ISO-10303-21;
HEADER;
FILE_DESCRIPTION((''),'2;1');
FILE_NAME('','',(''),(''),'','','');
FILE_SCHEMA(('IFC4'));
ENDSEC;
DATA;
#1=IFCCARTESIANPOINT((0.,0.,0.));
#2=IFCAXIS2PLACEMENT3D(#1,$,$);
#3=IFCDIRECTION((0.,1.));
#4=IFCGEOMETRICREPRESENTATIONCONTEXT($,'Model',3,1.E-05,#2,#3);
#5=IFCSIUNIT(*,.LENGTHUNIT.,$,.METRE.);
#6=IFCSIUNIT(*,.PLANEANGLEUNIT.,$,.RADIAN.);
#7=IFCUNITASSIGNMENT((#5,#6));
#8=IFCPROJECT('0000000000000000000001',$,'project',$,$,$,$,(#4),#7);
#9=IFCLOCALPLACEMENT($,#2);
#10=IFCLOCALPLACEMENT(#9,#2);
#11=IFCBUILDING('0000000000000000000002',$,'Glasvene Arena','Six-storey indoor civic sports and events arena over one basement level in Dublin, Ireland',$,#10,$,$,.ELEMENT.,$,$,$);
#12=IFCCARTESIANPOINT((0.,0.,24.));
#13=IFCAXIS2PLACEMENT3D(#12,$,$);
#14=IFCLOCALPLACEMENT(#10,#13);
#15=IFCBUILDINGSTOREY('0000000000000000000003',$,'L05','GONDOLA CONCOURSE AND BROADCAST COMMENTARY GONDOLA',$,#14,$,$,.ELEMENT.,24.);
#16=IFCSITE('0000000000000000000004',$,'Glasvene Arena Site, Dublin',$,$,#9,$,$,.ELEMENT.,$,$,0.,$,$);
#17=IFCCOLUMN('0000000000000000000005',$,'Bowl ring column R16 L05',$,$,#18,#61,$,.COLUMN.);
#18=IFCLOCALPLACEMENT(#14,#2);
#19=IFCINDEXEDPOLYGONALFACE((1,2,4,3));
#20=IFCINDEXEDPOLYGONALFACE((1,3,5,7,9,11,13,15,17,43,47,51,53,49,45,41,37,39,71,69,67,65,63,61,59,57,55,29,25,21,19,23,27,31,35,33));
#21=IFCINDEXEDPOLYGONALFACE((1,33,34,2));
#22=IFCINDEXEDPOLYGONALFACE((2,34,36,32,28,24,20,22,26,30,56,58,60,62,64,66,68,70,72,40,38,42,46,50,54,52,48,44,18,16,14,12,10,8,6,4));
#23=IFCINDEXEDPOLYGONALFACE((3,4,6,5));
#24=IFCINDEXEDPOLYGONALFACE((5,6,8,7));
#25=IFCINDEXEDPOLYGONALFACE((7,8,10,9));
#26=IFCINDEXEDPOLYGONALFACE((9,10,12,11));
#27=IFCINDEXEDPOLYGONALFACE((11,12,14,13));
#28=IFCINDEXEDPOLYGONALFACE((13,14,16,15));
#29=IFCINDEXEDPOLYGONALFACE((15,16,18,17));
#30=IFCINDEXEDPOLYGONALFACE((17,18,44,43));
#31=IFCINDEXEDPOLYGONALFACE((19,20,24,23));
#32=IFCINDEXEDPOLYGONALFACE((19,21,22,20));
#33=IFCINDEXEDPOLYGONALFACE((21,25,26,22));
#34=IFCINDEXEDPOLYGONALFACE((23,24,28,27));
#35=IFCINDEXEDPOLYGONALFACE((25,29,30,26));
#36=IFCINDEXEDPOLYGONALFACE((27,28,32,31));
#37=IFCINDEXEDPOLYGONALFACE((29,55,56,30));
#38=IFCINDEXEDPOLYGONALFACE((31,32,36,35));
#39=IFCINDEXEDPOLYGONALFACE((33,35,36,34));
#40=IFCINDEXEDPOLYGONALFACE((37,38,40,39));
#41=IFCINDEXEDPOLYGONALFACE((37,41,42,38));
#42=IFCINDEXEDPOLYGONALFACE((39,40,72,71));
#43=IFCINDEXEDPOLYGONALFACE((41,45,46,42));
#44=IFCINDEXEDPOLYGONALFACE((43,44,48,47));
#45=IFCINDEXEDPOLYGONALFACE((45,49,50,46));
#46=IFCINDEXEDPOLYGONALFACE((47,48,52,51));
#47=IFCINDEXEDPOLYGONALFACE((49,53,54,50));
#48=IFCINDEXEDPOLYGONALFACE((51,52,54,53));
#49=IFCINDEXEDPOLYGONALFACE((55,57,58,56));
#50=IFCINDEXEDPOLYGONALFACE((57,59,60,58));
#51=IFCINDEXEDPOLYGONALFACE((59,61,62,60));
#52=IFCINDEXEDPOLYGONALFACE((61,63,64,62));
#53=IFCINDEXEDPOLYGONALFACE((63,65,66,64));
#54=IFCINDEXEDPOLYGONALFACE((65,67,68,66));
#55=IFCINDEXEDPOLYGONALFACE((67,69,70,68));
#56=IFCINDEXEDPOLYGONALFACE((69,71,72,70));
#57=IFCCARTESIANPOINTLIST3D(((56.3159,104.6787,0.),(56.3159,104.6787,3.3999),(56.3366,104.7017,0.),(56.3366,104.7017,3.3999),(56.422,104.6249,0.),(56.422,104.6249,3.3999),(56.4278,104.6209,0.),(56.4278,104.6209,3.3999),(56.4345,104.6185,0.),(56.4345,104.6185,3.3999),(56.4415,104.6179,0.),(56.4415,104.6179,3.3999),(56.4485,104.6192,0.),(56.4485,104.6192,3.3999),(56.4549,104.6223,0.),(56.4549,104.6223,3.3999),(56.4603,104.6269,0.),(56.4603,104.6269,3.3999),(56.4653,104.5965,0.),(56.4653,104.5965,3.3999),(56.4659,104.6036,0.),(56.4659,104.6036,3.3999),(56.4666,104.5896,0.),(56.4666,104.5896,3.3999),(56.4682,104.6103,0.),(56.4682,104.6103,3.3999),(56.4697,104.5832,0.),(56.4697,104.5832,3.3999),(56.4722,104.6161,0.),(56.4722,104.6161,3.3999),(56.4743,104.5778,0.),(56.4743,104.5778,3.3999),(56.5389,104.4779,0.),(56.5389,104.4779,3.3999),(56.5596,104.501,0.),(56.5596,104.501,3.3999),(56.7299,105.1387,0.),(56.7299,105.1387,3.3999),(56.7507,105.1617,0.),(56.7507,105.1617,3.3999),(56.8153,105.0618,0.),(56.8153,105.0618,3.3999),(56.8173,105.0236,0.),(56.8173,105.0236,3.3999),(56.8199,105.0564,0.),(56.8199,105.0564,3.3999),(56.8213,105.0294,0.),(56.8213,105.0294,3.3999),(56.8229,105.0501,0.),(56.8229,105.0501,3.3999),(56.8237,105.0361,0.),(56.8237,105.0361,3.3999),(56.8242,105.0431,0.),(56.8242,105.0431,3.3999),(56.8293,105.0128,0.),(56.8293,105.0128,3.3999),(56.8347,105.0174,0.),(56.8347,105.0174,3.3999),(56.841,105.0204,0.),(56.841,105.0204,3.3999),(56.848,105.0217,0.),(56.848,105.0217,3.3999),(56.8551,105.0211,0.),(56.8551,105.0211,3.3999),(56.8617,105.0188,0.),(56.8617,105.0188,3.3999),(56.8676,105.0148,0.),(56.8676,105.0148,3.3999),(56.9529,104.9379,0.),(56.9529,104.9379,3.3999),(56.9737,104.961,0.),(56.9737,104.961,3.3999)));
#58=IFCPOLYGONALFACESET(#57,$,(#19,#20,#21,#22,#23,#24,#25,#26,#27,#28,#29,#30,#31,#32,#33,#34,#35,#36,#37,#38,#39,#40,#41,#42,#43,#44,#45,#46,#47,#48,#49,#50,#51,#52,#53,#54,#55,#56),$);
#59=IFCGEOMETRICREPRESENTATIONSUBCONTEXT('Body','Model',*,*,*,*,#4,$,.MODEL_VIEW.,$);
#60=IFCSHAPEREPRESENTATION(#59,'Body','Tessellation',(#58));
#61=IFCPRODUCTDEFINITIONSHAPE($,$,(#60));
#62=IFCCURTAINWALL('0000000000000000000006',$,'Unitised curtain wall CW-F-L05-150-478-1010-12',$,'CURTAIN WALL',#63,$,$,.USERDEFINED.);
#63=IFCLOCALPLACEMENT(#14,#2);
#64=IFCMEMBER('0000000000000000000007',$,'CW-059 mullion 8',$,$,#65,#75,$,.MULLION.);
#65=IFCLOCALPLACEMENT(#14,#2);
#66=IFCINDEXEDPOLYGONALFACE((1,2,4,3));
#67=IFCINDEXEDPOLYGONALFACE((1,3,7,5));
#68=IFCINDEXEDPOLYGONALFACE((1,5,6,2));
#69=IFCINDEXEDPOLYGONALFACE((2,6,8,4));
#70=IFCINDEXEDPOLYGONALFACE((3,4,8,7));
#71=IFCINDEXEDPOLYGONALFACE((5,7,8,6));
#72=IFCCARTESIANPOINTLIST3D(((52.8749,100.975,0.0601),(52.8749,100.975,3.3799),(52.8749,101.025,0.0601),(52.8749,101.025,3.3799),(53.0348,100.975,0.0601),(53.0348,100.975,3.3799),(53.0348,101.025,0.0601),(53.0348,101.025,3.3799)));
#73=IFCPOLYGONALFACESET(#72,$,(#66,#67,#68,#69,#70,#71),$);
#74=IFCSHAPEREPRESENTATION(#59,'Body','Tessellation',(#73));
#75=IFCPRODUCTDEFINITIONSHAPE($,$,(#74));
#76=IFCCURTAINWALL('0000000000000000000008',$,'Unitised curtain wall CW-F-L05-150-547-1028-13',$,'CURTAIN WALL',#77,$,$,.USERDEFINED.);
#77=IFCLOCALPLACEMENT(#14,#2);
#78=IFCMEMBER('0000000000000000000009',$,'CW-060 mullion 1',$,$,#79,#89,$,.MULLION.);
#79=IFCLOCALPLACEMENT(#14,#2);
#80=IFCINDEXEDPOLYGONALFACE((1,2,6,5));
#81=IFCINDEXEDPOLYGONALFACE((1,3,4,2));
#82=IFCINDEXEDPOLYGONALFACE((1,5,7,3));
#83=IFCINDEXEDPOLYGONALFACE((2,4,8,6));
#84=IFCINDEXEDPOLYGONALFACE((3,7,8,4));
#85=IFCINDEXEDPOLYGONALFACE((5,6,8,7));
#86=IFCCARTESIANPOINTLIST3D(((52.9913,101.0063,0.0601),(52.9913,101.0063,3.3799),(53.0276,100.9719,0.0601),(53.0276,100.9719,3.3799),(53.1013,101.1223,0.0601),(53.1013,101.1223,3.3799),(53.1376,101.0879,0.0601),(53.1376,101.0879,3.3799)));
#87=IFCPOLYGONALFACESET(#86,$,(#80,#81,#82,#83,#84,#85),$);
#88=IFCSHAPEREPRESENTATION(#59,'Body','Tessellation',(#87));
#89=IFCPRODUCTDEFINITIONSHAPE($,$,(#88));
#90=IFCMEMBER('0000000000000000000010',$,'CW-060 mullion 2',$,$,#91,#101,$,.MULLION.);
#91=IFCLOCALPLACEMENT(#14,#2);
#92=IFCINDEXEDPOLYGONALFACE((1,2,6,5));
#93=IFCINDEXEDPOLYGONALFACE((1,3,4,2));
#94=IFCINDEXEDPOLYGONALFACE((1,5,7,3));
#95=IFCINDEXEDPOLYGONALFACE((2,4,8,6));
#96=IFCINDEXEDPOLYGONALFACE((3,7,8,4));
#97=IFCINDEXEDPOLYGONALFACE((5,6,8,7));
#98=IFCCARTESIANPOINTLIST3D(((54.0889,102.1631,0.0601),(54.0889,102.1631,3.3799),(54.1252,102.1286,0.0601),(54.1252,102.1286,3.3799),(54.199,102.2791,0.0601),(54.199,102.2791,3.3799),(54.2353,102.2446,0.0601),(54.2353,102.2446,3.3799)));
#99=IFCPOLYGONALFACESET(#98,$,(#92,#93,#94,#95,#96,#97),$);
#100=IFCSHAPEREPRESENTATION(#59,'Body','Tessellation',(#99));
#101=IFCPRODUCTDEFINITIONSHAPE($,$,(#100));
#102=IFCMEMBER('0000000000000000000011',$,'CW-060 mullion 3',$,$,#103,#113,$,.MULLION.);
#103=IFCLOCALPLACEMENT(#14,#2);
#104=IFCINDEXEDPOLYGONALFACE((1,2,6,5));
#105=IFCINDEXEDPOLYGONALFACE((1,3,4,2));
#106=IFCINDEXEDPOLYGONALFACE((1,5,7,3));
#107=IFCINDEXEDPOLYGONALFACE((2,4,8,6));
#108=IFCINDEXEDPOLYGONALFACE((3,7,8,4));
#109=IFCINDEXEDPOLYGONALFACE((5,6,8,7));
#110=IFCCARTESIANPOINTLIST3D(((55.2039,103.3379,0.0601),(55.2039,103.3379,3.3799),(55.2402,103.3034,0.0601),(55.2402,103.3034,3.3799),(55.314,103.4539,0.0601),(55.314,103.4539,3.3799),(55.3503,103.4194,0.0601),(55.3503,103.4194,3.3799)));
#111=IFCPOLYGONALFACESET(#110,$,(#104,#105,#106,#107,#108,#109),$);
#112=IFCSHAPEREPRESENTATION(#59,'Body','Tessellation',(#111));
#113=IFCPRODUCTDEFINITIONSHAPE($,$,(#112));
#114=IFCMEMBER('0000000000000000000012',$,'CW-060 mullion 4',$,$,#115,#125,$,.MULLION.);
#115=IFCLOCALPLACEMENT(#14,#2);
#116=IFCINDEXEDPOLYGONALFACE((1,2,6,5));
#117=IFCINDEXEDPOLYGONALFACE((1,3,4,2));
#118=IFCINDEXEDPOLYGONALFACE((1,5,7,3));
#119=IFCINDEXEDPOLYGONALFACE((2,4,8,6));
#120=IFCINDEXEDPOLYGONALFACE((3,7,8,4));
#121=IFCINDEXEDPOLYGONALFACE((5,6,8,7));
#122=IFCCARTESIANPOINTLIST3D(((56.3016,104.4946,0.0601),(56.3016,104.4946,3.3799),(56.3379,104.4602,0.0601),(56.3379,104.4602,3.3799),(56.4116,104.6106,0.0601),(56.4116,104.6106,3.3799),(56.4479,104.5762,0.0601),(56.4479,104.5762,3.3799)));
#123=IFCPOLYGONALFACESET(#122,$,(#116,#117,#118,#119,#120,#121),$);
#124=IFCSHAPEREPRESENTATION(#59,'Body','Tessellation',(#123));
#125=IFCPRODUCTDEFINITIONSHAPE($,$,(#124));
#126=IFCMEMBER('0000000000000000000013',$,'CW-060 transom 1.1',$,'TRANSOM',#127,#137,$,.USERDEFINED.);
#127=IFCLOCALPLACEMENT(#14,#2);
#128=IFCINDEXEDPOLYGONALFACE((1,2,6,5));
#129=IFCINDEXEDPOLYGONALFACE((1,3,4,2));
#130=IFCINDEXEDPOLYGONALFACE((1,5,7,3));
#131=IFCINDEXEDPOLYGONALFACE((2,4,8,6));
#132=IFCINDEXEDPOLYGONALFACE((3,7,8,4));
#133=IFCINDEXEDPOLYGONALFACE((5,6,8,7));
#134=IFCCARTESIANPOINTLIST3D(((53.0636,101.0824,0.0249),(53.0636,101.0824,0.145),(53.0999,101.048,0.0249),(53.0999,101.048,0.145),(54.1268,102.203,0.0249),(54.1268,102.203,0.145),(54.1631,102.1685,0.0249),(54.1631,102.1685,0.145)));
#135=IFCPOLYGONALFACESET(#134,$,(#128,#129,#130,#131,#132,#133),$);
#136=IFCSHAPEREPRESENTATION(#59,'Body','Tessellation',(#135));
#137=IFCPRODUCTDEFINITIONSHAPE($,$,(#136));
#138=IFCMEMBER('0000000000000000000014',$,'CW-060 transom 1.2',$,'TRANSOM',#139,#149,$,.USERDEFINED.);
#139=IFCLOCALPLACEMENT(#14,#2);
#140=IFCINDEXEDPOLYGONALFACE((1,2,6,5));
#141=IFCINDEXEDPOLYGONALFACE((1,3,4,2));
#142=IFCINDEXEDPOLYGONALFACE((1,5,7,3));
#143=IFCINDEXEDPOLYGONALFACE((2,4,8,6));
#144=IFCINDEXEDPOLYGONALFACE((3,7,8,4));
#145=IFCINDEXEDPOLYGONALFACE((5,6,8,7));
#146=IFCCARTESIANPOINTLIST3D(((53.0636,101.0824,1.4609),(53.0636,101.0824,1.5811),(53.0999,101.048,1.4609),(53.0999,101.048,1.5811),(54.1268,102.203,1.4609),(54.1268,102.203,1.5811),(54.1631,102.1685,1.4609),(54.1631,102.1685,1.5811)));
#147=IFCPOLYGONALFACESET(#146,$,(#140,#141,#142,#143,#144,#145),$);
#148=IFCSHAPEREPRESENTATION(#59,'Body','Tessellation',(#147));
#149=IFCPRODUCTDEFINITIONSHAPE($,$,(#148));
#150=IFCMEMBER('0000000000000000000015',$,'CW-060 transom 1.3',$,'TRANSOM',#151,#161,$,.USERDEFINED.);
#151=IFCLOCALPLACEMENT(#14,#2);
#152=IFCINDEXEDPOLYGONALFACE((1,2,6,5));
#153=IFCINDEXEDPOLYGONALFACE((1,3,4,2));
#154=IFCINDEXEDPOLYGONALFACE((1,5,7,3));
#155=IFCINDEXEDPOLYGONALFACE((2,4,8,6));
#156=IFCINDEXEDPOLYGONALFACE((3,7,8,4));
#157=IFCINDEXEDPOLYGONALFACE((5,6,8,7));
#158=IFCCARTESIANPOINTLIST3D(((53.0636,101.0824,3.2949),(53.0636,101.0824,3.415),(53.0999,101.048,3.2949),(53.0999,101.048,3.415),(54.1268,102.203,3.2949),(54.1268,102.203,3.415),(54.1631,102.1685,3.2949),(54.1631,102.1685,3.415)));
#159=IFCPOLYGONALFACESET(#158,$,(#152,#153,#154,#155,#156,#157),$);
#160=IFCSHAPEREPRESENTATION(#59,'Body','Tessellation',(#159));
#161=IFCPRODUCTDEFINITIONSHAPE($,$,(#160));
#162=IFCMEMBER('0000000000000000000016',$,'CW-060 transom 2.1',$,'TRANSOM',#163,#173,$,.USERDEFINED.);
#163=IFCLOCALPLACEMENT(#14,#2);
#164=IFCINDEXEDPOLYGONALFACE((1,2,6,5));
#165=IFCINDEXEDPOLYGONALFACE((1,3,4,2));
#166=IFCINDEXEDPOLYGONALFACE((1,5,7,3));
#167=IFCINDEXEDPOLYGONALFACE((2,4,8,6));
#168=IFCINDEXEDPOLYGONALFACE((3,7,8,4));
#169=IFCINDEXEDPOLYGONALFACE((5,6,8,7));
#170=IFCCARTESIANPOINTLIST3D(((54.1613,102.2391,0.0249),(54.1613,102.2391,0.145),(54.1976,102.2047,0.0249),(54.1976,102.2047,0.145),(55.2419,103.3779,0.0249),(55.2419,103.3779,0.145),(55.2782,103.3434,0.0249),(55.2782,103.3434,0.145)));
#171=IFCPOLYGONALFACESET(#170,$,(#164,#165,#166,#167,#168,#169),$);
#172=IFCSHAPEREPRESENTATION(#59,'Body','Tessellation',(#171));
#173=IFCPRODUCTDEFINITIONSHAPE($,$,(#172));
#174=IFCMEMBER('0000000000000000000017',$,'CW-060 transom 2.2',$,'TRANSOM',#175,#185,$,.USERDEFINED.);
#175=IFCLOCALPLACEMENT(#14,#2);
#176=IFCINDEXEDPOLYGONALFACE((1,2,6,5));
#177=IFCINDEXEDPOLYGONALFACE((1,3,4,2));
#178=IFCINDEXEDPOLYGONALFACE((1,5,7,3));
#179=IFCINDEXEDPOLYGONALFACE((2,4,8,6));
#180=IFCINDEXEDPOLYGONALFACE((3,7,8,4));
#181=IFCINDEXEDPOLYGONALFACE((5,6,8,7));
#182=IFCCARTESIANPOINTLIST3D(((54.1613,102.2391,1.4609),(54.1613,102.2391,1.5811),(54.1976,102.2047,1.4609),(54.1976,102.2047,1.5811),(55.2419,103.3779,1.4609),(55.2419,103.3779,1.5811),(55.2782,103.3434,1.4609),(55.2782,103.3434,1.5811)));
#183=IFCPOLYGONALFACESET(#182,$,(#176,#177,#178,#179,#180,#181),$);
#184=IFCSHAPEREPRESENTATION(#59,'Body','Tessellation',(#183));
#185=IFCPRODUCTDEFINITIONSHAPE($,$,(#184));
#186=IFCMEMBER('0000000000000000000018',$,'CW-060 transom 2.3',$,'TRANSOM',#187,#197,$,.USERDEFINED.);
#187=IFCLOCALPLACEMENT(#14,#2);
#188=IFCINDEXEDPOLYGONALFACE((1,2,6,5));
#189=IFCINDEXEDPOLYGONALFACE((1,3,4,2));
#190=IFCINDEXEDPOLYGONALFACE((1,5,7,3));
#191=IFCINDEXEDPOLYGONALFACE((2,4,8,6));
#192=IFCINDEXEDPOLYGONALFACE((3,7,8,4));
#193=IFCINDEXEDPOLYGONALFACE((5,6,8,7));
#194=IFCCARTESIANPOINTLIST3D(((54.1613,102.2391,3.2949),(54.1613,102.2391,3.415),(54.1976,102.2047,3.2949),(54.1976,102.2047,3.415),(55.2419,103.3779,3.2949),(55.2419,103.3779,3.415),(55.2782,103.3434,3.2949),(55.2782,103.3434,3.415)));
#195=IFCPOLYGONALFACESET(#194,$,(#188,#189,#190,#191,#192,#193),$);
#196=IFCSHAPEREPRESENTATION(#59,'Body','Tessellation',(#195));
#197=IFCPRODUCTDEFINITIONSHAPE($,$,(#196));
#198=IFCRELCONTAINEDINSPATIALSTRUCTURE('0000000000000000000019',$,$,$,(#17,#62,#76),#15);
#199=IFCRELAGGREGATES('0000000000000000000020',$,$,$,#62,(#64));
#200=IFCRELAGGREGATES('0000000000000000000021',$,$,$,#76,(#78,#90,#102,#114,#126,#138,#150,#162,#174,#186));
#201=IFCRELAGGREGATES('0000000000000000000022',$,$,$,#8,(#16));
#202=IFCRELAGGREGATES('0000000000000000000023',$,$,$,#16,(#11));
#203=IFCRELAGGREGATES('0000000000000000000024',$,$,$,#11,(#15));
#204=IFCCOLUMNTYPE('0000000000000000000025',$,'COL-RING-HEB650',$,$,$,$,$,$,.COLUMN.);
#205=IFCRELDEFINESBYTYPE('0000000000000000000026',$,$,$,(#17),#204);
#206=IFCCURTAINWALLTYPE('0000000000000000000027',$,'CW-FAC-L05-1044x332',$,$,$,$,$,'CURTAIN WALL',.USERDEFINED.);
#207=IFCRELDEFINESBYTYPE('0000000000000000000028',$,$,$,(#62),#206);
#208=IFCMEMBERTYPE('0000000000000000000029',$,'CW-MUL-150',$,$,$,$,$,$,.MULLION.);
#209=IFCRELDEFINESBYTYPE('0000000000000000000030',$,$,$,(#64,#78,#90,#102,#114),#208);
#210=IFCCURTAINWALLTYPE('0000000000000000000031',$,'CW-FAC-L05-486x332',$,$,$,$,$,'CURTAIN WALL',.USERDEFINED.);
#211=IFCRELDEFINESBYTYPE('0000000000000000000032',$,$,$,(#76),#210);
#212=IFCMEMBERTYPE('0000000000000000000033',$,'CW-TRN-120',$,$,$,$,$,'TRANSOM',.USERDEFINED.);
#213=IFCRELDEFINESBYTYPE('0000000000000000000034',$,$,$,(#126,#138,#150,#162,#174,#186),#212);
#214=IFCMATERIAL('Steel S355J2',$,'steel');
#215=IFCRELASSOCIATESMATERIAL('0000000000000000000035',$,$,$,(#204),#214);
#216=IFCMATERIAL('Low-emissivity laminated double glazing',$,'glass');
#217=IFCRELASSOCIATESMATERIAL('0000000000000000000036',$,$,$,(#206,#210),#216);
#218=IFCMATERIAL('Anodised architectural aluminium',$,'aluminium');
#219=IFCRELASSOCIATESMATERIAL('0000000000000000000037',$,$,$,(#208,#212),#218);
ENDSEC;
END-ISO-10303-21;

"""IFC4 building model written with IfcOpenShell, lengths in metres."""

from ifc_helpers import new_model, si_unit, direction, frame, origin, origin_2d, place, context, subcontext, project, spatial, rectangle, i_section, extrude, material, material_profile, profile_set, type_object, element, aggregate, save


model = new_model("IFC4")

# Units and contexts
model_context = context("Model", 3, precision=1e-05, world=origin(), true_north=direction((0.0, 1.0)))
body_context = subcontext(model_context, "Body", "Model", "MODEL_VIEW")
ifc_project = project(units=[si_unit("LENGTHUNIT", "METRE"), si_unit("PLANEANGLEUNIT", "RADIAN")], contexts=[model_context])

# Site, building, storey
site_placement = place(None, origin())
site = spatial("IfcSite", under=ifc_project, at=site_placement, Name="Glasvene Arena Site, Dublin", CompositionType="ELEMENT", RefElevation=0.0)
building_placement = place(site_placement, origin())
building = spatial("IfcBuilding", under=site, at=building_placement, Name="Glasvene Arena", Description="Six-storey indoor civic sports and events arena over one basement level in Dublin, Ireland", CompositionType="ELEMENT")
storey_placement = place(building_placement, frame((0.0, 0.0, 24.0)))
storey = spatial("IfcBuildingStorey", under=building, at=storey_placement, Name="L05", Description="GONDOLA CONCOURSE AND BROADCAST COMMENTARY GONDOLA", CompositionType="ELEMENT", Elevation=24.0)

# Column
ifc_material_1 = material(Name="Steel S355J2", Category="steel")
ifc_material_profile_1 = material_profile(ifc_material_1, i_section(OverallWidth=0.3, OverallDepth=0.6499, WebThickness=0.0161, FlangeThickness=0.031, FilletRadius=0.0271, at=origin_2d()), Name="HEB 650")
ifc_profile_set_1 = profile_set([ifc_material_profile_1], Name="Steel S355J2")
column_type = type_object("IfcColumnType", Name="COL-RING-HEB650", PredefinedType="COLUMN", material=ifc_profile_set_1)
column_placement = place(storey_placement, frame((56.6448, 104.8198, 0.0), z_axis=(0.0, 0.0, 1.0), x_axis=(-0.743262, 0.669001, 0.0)))
element("IfcColumn", 1, at=column_placement, inside=storey, type_object=column_type, Name="Bowl ring column R16 L05", PredefinedType="COLUMN", context=body_context, shape_type="SweptSolid", body=[
    extrude(i_section(OverallWidth=0.3, OverallDepth=0.6499, WebThickness=0.0161, FlangeThickness=0.031, FilletRadius=0.0271, at=origin_2d()), origin(), (0.0, 0.0, 1.0), 3.3999),
])

# Curtain wall, member
ifc_material_2 = material(Name="Low-emissivity laminated double glazing", Category="glass")
curtain_wall_type_1 = type_object("IfcCurtainWallType", Name="CW-FAC-L05-1044x332", ElementType="CURTAIN WALL", PredefinedType="USERDEFINED", material=ifc_material_2)
curtain_wall_1_placement = place(storey_placement, frame((42.54, 101.0, 0.0)))
curtain_wall_1 = element("IfcCurtainWall", 2, at=curtain_wall_1_placement, inside=storey, type_object=curtain_wall_type_1, Name="Unitised curtain wall CW-F-L05-150-478-1010-12", ObjectType="CURTAIN WALL", PredefinedType="USERDEFINED")
ifc_material_3 = material(Name="Anodised architectural aluminium", Category="aluminium")
ifc_material_profile_2 = material_profile(ifc_material_3, rectangle(XDim=0.05, YDim=0.1599, at=origin_2d()), Name="ALU MULLION 50x160")
ifc_profile_set_2 = profile_set([ifc_material_profile_2], Name="Anodised architectural aluminium")
member_type_1 = type_object("IfcMemberType", Name="CW-MUL-150", PredefinedType="MULLION", material=ifc_profile_set_2)
member_1_placement = place(storey_placement, frame((52.9548, 101.0, 0.0601), z_axis=(0.0, 0.0, 1.0), x_axis=(0.0, 1.0, 0.0)))
member_1 = element("IfcMember", 3, at=member_1_placement, type_object=member_type_1, Name="CW-059 mullion 8", PredefinedType="MULLION", context=body_context, shape_type="SweptSolid", body=[
    extrude(rectangle(XDim=0.05, YDim=0.1599, at=origin_2d()), origin(), (0.0, 0.0, 1.0), 3.3198),
])
aggregate(curtain_wall_1, [member_1])

# Curtain wall, members
curtain_wall_type_2 = type_object("IfcCurtainWallType", Name="CW-FAC-L05-486x332", ElementType="CURTAIN WALL", PredefinedType="USERDEFINED", material=ifc_material_2)
curtain_wall_2_placement = place(storey_placement, frame((53.0474, 101.0291, 0.0)))
curtain_wall_2 = element("IfcCurtainWall", 4, at=curtain_wall_2_placement, inside=storey, type_object=curtain_wall_type_2, Name="Unitised curtain wall CW-F-L05-150-547-1028-13", ObjectType="CURTAIN WALL", PredefinedType="USERDEFINED")
member_2_placement = place(storey_placement, frame((53.0645, 101.0471, 0.0601), z_axis=(0.0, 0.0, 1.0), x_axis=(-0.725367, 0.688363, 0.0)))
member_2 = element("IfcMember", 5, at=member_2_placement, type_object=member_type_1, Name="CW-060 mullion 1", PredefinedType="MULLION", context=body_context, shape_type="SweptSolid", body=[
    extrude(rectangle(XDim=0.05, YDim=0.1599, at=origin_2d()), origin(), (0.0, 0.0, 1.0), 3.3198),
])
member_3_placement = place(storey_placement, frame((54.1621, 102.2039, 0.0601), z_axis=(0.0, 0.0, 1.0), x_axis=(-0.725367, 0.688363, 0.0)))
member_3 = element("IfcMember", 6, at=member_3_placement, type_object=member_type_1, Name="CW-060 mullion 2", PredefinedType="MULLION", context=body_context, shape_type="SweptSolid", body=[
    extrude(rectangle(XDim=0.05, YDim=0.1599, at=origin_2d()), origin(), (0.0, 0.0, 1.0), 3.3198),
])
member_4_placement = place(storey_placement, frame((55.2771, 103.3787, 0.0601), z_axis=(0.0, 0.0, 1.0), x_axis=(-0.725367, 0.688363, 0.0)))
member_4 = element("IfcMember", 7, at=member_4_placement, type_object=member_type_1, Name="CW-060 mullion 3", PredefinedType="MULLION", context=body_context, shape_type="SweptSolid", body=[
    extrude(rectangle(XDim=0.05, YDim=0.1599, at=origin_2d()), origin(), (0.0, 0.0, 1.0), 3.3198),
])
member_5_placement = place(storey_placement, frame((56.3748, 104.5354, 0.0601), z_axis=(0.0, 0.0, 1.0), x_axis=(-0.725367, 0.688363, 0.0)))
member_5 = element("IfcMember", 8, at=member_5_placement, type_object=member_type_1, Name="CW-060 mullion 4", PredefinedType="MULLION", context=body_context, shape_type="SweptSolid", body=[
    extrude(rectangle(XDim=0.05, YDim=0.1599, at=origin_2d()), origin(), (0.0, 0.0, 1.0), 3.3198),
])
ifc_material_profile_3 = material_profile(ifc_material_3, rectangle(XDim=0.05, YDim=0.1201, at=origin_2d()), Name="ALU TRANSOM 50x120")
ifc_profile_set_3 = profile_set([ifc_material_profile_3], Name="Anodised architectural aluminium")
member_type_2 = type_object("IfcMemberType", Name="CW-TRN-120", ElementType="TRANSOM", PredefinedType="USERDEFINED", material=ifc_profile_set_3)
member_6_placement = place(storey_placement, frame((53.0818, 101.0652, 0.085), z_axis=(0.688292, 0.725433, 0.0), x_axis=(-0.725433, 0.688292, 0.0)))
member_6 = element("IfcMember", 9, at=member_6_placement, type_object=member_type_2, Name="CW-060 transom 1.1", ObjectType="TRANSOM", PredefinedType="USERDEFINED", context=body_context, shape_type="SweptSolid", body=[
    extrude(rectangle(XDim=0.05, YDim=0.1201, at=origin_2d()), origin(), (0.0, 0.0, 1.0), 1.5447),
])
member_7_placement = place(storey_placement, frame((53.0818, 101.0652, 1.521), z_axis=(0.688292, 0.725433, 0.0), x_axis=(-0.725433, 0.688292, 0.0)))
member_7 = element("IfcMember", 10, at=member_7_placement, type_object=member_type_2, Name="CW-060 transom 1.2", ObjectType="TRANSOM", PredefinedType="USERDEFINED", context=body_context, shape_type="SweptSolid", body=[
    extrude(rectangle(XDim=0.05, YDim=0.1201, at=origin_2d()), origin(), (0.0, 0.0, 1.0), 1.5447),
])
member_8_placement = place(storey_placement, frame((53.0818, 101.0652, 3.355), z_axis=(0.688292, 0.725433, 0.0), x_axis=(-0.725433, 0.688292, 0.0)))
member_8 = element("IfcMember", 11, at=member_8_placement, type_object=member_type_2, Name="CW-060 transom 1.3", ObjectType="TRANSOM", PredefinedType="USERDEFINED", context=body_context, shape_type="SweptSolid", body=[
    extrude(rectangle(XDim=0.05, YDim=0.1201, at=origin_2d()), origin(), (0.0, 0.0, 1.0), 1.5447),
])
member_9_placement = place(storey_placement, frame((54.1794, 102.2219, 0.085), z_axis=(0.688357, 0.725372, 0.0), x_axis=(-0.725372, 0.688357, 0.0)))
member_9 = element("IfcMember", 12, at=member_9_placement, type_object=member_type_2, Name="CW-060 transom 2.1", ObjectType="TRANSOM", PredefinedType="USERDEFINED", context=body_context, shape_type="SweptSolid", body=[
    extrude(rectangle(XDim=0.05, YDim=0.1201, at=origin_2d()), origin(), (0.0, 0.0, 1.0), 1.5698),
])
member_10_placement = place(storey_placement, frame((54.1794, 102.2219, 1.521), z_axis=(0.688357, 0.725372, 0.0), x_axis=(-0.725372, 0.688357, 0.0)))
member_10 = element("IfcMember", 13, at=member_10_placement, type_object=member_type_2, Name="CW-060 transom 2.2", ObjectType="TRANSOM", PredefinedType="USERDEFINED", context=body_context, shape_type="SweptSolid", body=[
    extrude(rectangle(XDim=0.05, YDim=0.1201, at=origin_2d()), origin(), (0.0, 0.0, 1.0), 1.5698),
])
member_11_placement = place(storey_placement, frame((54.1794, 102.2219, 3.355), z_axis=(0.688357, 0.725372, 0.0), x_axis=(-0.725372, 0.688357, 0.0)))
member_11 = element("IfcMember", 14, at=member_11_placement, type_object=member_type_2, Name="CW-060 transom 2.3", ObjectType="TRANSOM", PredefinedType="USERDEFINED", context=body_context, shape_type="SweptSolid", body=[
    extrude(rectangle(XDim=0.05, YDim=0.1201, at=origin_2d()), origin(), (0.0, 0.0, 1.0), 1.5698),
])
aggregate(curtain_wall_2, [member_2, member_3, member_4, member_5, member_6, member_7, member_8, member_9, member_10, member_11])

save(model, "model.ifc")
